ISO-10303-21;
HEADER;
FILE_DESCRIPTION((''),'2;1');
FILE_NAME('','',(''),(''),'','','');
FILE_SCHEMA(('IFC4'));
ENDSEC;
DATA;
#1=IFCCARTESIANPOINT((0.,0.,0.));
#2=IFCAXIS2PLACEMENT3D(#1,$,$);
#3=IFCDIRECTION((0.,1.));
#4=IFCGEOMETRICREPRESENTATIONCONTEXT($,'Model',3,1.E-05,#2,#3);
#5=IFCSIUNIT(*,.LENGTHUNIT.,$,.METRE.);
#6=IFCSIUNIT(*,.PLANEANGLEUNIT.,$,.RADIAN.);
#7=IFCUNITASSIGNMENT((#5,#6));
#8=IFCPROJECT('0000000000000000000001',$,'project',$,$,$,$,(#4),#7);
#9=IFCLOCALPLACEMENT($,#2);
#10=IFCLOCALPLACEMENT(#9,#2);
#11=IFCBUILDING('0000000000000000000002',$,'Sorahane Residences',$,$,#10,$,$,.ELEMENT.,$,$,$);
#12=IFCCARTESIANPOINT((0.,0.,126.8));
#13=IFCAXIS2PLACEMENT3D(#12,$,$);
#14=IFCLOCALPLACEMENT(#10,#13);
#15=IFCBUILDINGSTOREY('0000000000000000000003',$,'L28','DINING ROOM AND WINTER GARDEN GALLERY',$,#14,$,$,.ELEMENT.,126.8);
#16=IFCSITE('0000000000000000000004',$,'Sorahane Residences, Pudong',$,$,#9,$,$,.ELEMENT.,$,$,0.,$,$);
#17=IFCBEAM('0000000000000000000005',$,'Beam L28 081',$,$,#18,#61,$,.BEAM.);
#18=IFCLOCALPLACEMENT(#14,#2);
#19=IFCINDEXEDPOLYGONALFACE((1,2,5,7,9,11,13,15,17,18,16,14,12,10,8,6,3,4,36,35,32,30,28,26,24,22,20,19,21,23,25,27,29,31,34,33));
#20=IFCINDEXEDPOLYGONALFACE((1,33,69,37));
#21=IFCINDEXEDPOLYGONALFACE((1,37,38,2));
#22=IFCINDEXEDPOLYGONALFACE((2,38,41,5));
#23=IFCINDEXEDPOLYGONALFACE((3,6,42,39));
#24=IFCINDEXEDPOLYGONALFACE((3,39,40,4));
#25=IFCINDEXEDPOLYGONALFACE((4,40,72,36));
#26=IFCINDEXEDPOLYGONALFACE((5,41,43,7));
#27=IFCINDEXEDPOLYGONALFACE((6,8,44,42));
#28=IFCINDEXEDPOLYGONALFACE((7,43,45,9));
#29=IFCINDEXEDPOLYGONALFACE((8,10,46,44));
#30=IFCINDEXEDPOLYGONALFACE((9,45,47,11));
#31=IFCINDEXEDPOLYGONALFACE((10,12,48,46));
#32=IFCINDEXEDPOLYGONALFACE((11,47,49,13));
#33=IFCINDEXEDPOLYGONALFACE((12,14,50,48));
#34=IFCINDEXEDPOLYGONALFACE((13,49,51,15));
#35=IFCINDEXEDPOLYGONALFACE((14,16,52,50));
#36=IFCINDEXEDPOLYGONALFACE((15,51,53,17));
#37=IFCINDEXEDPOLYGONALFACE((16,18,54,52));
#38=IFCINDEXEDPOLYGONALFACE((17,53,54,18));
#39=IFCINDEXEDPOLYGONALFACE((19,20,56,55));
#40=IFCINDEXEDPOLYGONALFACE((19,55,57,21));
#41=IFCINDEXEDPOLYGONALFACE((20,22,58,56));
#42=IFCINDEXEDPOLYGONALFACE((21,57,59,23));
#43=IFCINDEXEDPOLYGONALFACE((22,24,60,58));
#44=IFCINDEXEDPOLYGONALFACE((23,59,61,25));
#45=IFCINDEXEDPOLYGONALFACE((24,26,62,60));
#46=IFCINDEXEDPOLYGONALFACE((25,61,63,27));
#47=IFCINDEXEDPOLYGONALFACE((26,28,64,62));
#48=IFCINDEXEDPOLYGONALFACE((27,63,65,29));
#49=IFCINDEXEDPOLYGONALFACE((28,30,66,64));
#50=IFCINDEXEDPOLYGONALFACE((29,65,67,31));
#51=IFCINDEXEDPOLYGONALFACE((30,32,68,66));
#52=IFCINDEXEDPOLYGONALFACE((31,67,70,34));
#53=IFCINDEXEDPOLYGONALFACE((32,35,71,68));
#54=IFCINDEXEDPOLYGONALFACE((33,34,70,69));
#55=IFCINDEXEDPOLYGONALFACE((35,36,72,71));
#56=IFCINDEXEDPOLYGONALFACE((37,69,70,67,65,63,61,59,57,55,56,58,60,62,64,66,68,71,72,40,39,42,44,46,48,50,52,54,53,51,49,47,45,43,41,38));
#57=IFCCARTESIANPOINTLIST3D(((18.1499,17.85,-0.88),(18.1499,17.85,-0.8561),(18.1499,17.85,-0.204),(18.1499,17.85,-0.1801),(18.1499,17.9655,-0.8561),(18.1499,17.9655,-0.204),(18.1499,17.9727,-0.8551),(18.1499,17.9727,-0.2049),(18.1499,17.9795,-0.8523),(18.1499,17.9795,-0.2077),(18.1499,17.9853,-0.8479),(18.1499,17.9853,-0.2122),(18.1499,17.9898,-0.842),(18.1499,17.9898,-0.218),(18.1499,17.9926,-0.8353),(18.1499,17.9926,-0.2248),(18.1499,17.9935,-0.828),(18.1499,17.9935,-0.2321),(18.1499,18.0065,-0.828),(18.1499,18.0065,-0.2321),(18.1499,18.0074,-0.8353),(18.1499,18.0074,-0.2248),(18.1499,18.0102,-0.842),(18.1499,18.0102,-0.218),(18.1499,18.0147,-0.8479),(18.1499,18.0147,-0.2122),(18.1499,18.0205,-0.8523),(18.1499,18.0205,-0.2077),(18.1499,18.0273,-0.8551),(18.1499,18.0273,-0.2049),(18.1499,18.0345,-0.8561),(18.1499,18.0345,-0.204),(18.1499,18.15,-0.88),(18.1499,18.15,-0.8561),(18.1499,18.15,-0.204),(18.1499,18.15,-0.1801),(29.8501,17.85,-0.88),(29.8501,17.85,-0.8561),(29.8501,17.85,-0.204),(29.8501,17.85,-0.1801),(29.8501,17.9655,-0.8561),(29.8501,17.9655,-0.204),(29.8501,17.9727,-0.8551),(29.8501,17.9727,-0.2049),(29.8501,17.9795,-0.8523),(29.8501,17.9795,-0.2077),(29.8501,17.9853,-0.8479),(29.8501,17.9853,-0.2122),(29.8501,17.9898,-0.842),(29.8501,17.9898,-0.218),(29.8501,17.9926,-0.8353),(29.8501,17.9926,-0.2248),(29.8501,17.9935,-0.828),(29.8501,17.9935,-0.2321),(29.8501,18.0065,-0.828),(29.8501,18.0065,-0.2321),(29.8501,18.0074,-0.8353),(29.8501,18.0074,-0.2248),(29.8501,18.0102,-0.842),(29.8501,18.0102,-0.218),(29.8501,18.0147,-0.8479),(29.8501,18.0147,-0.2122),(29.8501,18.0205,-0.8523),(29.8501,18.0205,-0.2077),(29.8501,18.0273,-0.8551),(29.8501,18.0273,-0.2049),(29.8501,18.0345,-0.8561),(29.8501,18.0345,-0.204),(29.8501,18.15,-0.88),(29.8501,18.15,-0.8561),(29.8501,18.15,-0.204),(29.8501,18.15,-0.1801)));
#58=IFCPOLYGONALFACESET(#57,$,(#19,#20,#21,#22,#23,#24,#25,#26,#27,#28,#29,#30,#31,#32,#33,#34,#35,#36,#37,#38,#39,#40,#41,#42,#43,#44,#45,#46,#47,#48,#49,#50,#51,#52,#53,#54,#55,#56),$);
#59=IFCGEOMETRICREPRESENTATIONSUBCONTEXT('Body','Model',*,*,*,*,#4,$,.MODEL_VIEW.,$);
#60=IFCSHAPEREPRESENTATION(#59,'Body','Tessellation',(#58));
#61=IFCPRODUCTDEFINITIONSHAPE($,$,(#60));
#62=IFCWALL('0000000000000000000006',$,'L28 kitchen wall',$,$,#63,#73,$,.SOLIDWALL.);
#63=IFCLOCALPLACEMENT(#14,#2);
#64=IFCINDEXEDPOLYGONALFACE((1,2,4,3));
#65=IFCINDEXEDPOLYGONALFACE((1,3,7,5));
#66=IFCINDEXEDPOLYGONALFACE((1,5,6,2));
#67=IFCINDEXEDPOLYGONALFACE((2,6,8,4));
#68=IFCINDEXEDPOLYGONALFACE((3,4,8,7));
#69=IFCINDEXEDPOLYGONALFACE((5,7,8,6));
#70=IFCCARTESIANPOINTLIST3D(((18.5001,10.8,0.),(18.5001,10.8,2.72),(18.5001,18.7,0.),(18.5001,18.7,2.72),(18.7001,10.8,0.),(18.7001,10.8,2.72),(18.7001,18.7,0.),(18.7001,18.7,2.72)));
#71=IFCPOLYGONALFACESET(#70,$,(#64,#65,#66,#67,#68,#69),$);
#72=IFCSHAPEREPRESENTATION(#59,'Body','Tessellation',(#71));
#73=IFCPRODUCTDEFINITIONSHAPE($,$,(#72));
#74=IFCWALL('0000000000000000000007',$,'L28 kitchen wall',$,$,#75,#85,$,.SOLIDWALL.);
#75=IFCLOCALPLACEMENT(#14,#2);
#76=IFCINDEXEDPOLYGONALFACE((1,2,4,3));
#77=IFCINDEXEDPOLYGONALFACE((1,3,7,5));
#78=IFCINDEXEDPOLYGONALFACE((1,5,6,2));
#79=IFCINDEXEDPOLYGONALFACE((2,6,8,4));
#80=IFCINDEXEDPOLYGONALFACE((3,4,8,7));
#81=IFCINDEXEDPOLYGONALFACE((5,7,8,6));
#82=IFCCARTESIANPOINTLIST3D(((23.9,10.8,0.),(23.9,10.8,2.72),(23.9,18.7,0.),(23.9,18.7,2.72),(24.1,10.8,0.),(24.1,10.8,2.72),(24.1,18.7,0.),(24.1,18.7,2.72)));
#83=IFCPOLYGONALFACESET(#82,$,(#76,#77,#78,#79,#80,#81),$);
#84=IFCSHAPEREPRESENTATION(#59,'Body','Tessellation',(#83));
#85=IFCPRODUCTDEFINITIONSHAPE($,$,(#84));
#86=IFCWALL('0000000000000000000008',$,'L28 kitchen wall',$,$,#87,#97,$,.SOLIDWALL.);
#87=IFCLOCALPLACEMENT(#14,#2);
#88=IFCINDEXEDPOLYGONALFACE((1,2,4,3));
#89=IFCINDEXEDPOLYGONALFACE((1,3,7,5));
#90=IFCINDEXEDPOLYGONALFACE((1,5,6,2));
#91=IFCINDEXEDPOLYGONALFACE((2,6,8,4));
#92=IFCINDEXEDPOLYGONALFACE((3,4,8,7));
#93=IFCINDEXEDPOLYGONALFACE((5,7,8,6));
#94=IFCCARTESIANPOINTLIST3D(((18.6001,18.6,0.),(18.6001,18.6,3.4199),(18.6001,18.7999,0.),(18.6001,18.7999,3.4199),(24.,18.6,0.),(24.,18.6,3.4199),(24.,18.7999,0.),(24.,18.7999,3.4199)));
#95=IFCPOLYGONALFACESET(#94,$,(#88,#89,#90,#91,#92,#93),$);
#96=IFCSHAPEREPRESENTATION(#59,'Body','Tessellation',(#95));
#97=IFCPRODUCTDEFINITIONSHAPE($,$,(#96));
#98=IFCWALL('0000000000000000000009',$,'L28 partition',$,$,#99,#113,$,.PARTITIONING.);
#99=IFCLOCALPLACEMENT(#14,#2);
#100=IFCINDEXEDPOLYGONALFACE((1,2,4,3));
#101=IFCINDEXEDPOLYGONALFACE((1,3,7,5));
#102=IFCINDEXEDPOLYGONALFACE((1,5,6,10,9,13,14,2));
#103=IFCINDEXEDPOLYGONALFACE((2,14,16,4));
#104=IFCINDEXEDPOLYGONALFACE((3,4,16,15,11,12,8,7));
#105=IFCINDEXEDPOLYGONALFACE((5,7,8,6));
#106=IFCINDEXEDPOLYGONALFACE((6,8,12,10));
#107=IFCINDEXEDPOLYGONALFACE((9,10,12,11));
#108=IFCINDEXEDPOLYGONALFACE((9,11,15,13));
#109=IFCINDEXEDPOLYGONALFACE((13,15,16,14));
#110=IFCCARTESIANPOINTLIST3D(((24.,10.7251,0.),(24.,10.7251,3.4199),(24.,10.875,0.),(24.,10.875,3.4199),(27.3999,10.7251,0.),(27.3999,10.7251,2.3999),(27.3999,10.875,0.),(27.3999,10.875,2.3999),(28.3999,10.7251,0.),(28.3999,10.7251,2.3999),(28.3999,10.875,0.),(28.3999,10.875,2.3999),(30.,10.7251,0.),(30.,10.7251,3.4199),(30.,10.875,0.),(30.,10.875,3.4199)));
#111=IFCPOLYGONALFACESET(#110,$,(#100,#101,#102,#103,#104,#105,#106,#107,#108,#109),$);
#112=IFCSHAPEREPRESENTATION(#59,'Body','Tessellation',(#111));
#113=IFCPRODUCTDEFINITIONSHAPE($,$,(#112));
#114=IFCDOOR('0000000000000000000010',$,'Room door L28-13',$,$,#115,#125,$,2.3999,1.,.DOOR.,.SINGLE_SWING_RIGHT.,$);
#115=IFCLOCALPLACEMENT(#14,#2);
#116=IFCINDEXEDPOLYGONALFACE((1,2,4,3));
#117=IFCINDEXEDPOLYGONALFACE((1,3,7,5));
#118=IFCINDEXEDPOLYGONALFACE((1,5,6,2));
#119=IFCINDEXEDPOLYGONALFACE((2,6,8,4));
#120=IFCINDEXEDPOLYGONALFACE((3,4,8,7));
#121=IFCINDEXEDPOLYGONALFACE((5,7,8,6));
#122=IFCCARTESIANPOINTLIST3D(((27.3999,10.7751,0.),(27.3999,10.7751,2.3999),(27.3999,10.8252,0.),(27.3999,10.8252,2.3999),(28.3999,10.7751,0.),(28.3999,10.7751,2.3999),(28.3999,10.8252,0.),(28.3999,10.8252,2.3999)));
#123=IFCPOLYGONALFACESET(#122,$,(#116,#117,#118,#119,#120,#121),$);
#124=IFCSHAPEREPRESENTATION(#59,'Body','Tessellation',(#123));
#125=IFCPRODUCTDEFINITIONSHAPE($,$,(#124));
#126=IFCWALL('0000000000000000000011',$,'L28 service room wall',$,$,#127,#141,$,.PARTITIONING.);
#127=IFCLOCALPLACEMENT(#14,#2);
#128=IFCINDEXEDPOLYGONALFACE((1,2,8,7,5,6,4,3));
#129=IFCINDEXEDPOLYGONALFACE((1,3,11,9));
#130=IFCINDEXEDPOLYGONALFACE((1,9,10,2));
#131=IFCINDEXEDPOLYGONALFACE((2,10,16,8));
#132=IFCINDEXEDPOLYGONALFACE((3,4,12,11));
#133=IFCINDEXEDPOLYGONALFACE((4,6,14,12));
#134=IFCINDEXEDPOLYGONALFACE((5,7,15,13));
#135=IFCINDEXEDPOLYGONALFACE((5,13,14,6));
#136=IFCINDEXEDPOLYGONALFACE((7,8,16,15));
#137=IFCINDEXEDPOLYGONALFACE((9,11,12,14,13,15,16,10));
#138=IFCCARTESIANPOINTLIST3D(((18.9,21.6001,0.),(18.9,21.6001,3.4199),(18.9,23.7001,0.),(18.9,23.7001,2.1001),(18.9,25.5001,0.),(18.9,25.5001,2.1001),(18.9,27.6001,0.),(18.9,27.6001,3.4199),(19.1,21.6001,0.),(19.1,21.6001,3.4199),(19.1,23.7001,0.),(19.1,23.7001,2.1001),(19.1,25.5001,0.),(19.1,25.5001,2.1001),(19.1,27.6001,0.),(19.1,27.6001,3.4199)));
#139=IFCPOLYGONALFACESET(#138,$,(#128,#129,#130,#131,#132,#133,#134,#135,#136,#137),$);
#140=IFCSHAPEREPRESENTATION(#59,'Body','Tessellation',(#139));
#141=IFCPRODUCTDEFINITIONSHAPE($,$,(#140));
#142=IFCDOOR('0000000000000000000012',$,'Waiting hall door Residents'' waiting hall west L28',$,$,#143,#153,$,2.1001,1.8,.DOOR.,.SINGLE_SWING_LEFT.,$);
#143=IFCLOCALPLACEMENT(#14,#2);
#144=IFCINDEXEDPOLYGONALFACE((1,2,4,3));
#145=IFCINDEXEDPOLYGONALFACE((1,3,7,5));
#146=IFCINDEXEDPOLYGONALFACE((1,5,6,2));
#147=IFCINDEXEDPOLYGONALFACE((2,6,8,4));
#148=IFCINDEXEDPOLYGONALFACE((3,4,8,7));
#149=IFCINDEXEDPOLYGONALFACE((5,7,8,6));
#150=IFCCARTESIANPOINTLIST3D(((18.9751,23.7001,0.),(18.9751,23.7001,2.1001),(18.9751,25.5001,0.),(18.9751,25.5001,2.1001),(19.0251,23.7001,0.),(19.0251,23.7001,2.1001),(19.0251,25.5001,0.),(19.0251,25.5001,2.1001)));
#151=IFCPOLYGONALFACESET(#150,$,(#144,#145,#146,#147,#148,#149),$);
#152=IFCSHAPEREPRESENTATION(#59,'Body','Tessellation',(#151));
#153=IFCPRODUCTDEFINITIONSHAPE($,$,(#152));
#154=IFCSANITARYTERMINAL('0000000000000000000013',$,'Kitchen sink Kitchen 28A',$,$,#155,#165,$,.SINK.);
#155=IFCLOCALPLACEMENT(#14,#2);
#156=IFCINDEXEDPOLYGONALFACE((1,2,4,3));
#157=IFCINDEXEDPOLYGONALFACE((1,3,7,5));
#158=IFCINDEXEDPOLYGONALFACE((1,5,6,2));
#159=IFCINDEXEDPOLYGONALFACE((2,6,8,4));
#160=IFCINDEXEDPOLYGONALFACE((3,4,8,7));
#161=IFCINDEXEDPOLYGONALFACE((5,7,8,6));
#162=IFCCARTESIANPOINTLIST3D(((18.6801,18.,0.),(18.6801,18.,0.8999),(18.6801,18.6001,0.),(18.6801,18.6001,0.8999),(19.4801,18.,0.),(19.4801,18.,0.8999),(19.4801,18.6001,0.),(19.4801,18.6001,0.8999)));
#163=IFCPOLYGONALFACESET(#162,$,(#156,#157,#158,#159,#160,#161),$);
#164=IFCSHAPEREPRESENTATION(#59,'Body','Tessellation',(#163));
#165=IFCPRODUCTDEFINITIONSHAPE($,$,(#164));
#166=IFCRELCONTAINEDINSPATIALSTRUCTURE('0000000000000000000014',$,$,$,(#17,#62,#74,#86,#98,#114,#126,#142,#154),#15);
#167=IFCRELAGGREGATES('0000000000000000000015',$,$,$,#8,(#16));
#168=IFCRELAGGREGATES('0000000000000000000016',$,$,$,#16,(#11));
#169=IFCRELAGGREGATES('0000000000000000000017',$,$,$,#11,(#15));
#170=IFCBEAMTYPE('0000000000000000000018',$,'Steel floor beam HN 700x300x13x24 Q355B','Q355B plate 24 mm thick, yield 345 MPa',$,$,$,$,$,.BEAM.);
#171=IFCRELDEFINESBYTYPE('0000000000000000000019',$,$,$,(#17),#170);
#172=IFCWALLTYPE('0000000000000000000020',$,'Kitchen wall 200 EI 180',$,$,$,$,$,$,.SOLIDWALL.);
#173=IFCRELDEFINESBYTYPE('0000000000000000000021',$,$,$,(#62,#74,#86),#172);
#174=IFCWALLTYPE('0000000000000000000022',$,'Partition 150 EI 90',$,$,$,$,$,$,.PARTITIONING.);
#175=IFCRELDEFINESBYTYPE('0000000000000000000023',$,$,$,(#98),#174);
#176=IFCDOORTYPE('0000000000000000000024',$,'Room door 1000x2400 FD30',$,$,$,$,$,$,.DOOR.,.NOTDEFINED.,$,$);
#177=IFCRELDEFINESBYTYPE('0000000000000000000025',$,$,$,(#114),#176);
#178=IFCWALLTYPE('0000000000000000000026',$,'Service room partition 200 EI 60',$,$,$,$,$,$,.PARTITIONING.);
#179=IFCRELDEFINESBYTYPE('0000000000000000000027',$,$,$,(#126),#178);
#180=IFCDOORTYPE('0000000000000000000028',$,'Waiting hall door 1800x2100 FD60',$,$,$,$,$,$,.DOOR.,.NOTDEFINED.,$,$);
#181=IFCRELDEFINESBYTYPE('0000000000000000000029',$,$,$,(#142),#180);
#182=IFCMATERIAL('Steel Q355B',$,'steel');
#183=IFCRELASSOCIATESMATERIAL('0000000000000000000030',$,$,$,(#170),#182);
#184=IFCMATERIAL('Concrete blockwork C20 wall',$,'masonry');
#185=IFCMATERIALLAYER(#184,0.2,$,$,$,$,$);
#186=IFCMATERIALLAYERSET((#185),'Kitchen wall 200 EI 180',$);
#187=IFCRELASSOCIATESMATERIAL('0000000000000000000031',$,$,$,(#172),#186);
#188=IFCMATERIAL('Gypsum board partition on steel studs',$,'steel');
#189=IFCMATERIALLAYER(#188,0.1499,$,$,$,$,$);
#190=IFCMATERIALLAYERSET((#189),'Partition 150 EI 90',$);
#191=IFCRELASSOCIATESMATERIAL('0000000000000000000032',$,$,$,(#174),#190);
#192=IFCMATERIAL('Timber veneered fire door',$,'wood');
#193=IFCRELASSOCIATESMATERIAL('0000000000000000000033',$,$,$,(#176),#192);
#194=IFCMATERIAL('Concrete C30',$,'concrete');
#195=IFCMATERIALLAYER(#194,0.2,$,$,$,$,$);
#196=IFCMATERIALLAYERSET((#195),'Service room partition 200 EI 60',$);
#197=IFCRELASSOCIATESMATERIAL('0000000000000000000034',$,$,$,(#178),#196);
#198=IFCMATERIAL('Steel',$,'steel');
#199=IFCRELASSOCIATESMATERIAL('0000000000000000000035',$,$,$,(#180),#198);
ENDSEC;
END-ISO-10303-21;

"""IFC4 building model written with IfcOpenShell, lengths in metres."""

from ifc_helpers import new_model, si_unit, direction, frame, frame_2d, origin, origin_2d, place, context, subcontext, project, spatial, rectangle, i_section, extrude, material, layer, layer_set, material_profile, profile_set, type_object, element, fill, save


model = new_model("IFC4")

# Units and contexts
model_context = context("Model", 3, precision=1e-05, world=origin(), true_north=direction((0.0, 1.0)))
body_context = subcontext(model_context, "Body", "Model", "MODEL_VIEW")
ifc_project = project(units=[si_unit("LENGTHUNIT", "METRE"), si_unit("PLANEANGLEUNIT", "RADIAN")], contexts=[model_context])

# Site, building, storey
site_placement = place(None, origin())
site = spatial("IfcSite", under=ifc_project, at=site_placement, Name="Sorahane Residences, Pudong", CompositionType="ELEMENT", RefElevation=0.0)
building_placement = place(site_placement, origin())
building = spatial("IfcBuilding", under=site, at=building_placement, Name="Sorahane Residences", CompositionType="ELEMENT")
storey_placement = place(building_placement, frame((0.0, 0.0, 126.8)))
storey = spatial("IfcBuildingStorey", under=building, at=storey_placement, Name="L28", Description="DINING ROOM AND WINTER GARDEN GALLERY", CompositionType="ELEMENT", Elevation=126.8)

# Beam
ifc_material_1 = material(Name="Steel Q355B", Category="steel")
ifc_material_profile_1 = material_profile(ifc_material_1, i_section(OverallWidth=0.3, OverallDepth=0.7, WebThickness=0.0129, FlangeThickness=0.0239, FilletRadius=0.0281, at=origin_2d()), Name="HN 700x300x13x24")
ifc_profile_set_1 = profile_set([ifc_material_profile_1], Name="Steel Q355B")
beam_type_1 = type_object("IfcBeamType", Name="Steel floor beam HN 700x300x13x24 Q355B", Description="Q355B plate 24 mm thick, yield 345 MPa", PredefinedType="BEAM", material=ifc_profile_set_1)
beam_1_placement = place(storey_placement, frame((18.1499, 18.0, -0.53), z_axis=(1.0, 0.0, 0.0), x_axis=(0.0, 1.0, 0.0)))
element("IfcBeam", 1, at=beam_1_placement, inside=storey, type_object=beam_type_1, Name="Beam L28 081", PredefinedType="BEAM", context=body_context, shape_type="SweptSolid", body=[
    extrude(i_section(OverallWidth=0.3, OverallDepth=0.7, WebThickness=0.0129, FlangeThickness=0.0239, FilletRadius=0.0281, at=origin_2d()), origin(), (0.0, 0.0, 1.0), 11.7002),
])

# Walls
ifc_material_2 = material(Name="Concrete blockwork C20 wall", Category="masonry")
ifc_layer_1 = layer(ifc_material_2, 0.2)
ifc_layer_set_1 = layer_set([ifc_layer_1], Name="Kitchen wall 200 EI 180")
wall_type_1 = type_object("IfcWallType", Name="Kitchen wall 200 EI 180", PredefinedType="SOLIDWALL", material=ifc_layer_set_1)
for number, where, z_axis, x_axis, name in (
    (2, (18.6001, 10.8, 0.0), (0.0, 0.0, 1.0), (0.0, 1.0, 0.0), "L28 kitchen wall"),
    (3, (24.0, 10.8, 0.0), (0.0, 0.0, 1.0), (0.0, 1.0, 0.0), "L28 kitchen wall"),
):
    element("IfcWall", number, at=place(storey_placement, frame(where, z_axis=z_axis, x_axis=x_axis)), inside=storey, type_object=wall_type_1, Name=name, PredefinedType="SOLIDWALL", context=body_context, shape_type="SweptSolid", body=[
        extrude(rectangle(XDim=7.8999, YDim=0.2, at=frame_2d((3.95, 0.0))), origin(), (0.0, 0.0, 1.0), 2.72),
    ])

# Wall
wall_1_placement = place(storey_placement, frame((18.6001, 18.7, 0.0), z_axis=(0.0, 0.0, 1.0), x_axis=(1.0, 0.0, 0.0)))
element("IfcWall", 4, at=wall_1_placement, inside=storey, type_object=wall_type_1, Name="L28 kitchen wall", PredefinedType="SOLIDWALL", context=body_context, shape_type="SweptSolid", body=[
    extrude(rectangle(XDim=5.3999, YDim=0.2, at=frame_2d((2.7, 0.0))), origin(), (0.0, 0.0, 1.0), 3.4199),
])

# Walls, openings, doors
ifc_material_3 = material(Name="Gypsum board partition on steel studs", Category="steel")
ifc_layer_2 = layer(ifc_material_3, 0.1499)
ifc_layer_set_2 = layer_set([ifc_layer_2], Name="Partition 150 EI 90")
wall_type_2 = type_object("IfcWallType", Name="Partition 150 EI 90", PredefinedType="PARTITIONING", material=ifc_layer_set_2)
wall_2_placement = place(storey_placement, frame((24.0, 10.8, 0.0), z_axis=(0.0, 0.0, 1.0), x_axis=(1.0, 0.0, 0.0)))
wall_2 = element("IfcWall", 5, at=wall_2_placement, inside=storey, type_object=wall_type_2, Name="L28 partition", PredefinedType="PARTITIONING", context=body_context, shape_type="SweptSolid", body=[
    extrude(rectangle(XDim=6.0, YDim=0.1499, at=frame_2d((3.0, 0.0))), origin(), (0.0, 0.0, 1.0), 3.4199),
])
opening_1_placement = place(wall_2_placement, frame((3.3999, 0.0, 0.0)))
opening_1 = element("IfcOpeningElement", 6, at=opening_1_placement, cuts=wall_2, PredefinedType="OPENING", context=body_context, shape_type="SweptSolid", body=[
    extrude(rectangle(XDim=1.0, YDim=2.3999, at=frame_2d((0.5, 1.2))), frame((0.0, 0.085, 0.0), z_axis=(0.0, -1.0, 0.0), x_axis=(1.0, 0.0, 0.0)), (0.0, 0.0, 1.0), 0.1699),
])
ifc_material_4 = material(Name="Timber veneered fire door", Category="wood")
door_type_1 = type_object("IfcDoorType", Name="Room door 1000x2400 FD30", OperationType="NOTDEFINED", PredefinedType="DOOR", material=ifc_material_4)
door_1_placement = place(opening_1_placement, frame((1.0, 0.0, 0.0), z_axis=(0.0, 0.0, 1.0), x_axis=(-1.0, 0.0, 0.0)))
door_1 = element("IfcDoor", 7, at=door_1_placement, inside=storey, type_object=door_type_1, Name="Room door L28-13", OperationType="SINGLE_SWING_RIGHT", OverallHeight=2.3999, OverallWidth=1.0, PredefinedType="DOOR", context=body_context, shape_type="SweptSolid", body=[
    extrude(rectangle(XDim=1.0, YDim=2.3999, at=frame_2d((0.5, 1.2))), frame((0.0, 0.0249, 0.0), z_axis=(0.0, -1.0, 0.0), x_axis=(1.0, 0.0, 0.0)), (0.0, 0.0, 1.0), 0.05),
])
fill(opening_1, door_1)
ifc_material_5 = material(Name="Concrete C30", Category="concrete")
ifc_layer_3 = layer(ifc_material_5, 0.2)
ifc_layer_set_3 = layer_set([ifc_layer_3], Name="Service room partition 200 EI 60")
wall_type_3 = type_object("IfcWallType", Name="Service room partition 200 EI 60", PredefinedType="PARTITIONING", material=ifc_layer_set_3)
wall_3_placement = place(storey_placement, frame((19.0, 21.6001, 0.0), z_axis=(0.0, 0.0, 1.0), x_axis=(0.0, 1.0, 0.0)))
wall_3 = element("IfcWall", 8, at=wall_3_placement, inside=storey, type_object=wall_type_3, Name="L28 service room wall", PredefinedType="PARTITIONING", context=body_context, shape_type="SweptSolid", body=[
    extrude(rectangle(XDim=6.0, YDim=0.2, at=frame_2d((3.0, 0.0))), origin(), (0.0, 0.0, 1.0), 3.4199),
])
opening_2_placement = place(wall_3_placement, frame((2.1001, 0.0, 0.0)))
opening_2 = element("IfcOpeningElement", 9, at=opening_2_placement, cuts=wall_3, PredefinedType="OPENING", context=body_context, shape_type="SweptSolid", body=[
    extrude(rectangle(XDim=1.8, YDim=2.1001, at=frame_2d((0.8999, 1.05))), frame((0.0, 0.1099, 0.0), z_axis=(0.0, -1.0, 0.0), x_axis=(1.0, 0.0, 0.0)), (0.0, 0.0, 1.0), 0.22),
])
ifc_material_6 = material(Name="Steel", Category="steel")
door_type_2 = type_object("IfcDoorType", Name="Waiting hall door 1800x2100 FD60", OperationType="NOTDEFINED", PredefinedType="DOOR", material=ifc_material_6)
door_2_placement = place(opening_2_placement, origin())
door_2 = element("IfcDoor", 10, at=door_2_placement, inside=storey, type_object=door_type_2, Name="Waiting hall door Residents' waiting hall west L28", OperationType="SINGLE_SWING_LEFT", OverallHeight=2.1001, OverallWidth=1.8, PredefinedType="DOOR", context=body_context, shape_type="SweptSolid", body=[
    extrude(rectangle(XDim=1.8, YDim=2.1001, at=frame_2d((0.8999, 1.05))), frame((0.0, 0.0249, 0.0), z_axis=(0.0, -1.0, 0.0), x_axis=(1.0, 0.0, 0.0)), (0.0, 0.0, 1.0), 0.05),
])
fill(opening_2, door_2)

# Sanitary terminal
sanitary_terminal_placement = place(storey_placement, frame((19.0801, 18.3, 0.0), z_axis=(0.0, 0.0, 1.0), x_axis=(1.0, 0.0, 0.0)))
element("IfcSanitaryTerminal", 11, at=sanitary_terminal_placement, inside=storey, Name="Kitchen sink Kitchen 28A", PredefinedType="SINK", context=body_context, shape_type="SweptSolid", body=[
    extrude(rectangle(XDim=0.8, YDim=0.6001, at=origin_2d()), origin(), (0.0, 0.0, 1.0), 0.8999),
])

save(model, "model.ifc")
